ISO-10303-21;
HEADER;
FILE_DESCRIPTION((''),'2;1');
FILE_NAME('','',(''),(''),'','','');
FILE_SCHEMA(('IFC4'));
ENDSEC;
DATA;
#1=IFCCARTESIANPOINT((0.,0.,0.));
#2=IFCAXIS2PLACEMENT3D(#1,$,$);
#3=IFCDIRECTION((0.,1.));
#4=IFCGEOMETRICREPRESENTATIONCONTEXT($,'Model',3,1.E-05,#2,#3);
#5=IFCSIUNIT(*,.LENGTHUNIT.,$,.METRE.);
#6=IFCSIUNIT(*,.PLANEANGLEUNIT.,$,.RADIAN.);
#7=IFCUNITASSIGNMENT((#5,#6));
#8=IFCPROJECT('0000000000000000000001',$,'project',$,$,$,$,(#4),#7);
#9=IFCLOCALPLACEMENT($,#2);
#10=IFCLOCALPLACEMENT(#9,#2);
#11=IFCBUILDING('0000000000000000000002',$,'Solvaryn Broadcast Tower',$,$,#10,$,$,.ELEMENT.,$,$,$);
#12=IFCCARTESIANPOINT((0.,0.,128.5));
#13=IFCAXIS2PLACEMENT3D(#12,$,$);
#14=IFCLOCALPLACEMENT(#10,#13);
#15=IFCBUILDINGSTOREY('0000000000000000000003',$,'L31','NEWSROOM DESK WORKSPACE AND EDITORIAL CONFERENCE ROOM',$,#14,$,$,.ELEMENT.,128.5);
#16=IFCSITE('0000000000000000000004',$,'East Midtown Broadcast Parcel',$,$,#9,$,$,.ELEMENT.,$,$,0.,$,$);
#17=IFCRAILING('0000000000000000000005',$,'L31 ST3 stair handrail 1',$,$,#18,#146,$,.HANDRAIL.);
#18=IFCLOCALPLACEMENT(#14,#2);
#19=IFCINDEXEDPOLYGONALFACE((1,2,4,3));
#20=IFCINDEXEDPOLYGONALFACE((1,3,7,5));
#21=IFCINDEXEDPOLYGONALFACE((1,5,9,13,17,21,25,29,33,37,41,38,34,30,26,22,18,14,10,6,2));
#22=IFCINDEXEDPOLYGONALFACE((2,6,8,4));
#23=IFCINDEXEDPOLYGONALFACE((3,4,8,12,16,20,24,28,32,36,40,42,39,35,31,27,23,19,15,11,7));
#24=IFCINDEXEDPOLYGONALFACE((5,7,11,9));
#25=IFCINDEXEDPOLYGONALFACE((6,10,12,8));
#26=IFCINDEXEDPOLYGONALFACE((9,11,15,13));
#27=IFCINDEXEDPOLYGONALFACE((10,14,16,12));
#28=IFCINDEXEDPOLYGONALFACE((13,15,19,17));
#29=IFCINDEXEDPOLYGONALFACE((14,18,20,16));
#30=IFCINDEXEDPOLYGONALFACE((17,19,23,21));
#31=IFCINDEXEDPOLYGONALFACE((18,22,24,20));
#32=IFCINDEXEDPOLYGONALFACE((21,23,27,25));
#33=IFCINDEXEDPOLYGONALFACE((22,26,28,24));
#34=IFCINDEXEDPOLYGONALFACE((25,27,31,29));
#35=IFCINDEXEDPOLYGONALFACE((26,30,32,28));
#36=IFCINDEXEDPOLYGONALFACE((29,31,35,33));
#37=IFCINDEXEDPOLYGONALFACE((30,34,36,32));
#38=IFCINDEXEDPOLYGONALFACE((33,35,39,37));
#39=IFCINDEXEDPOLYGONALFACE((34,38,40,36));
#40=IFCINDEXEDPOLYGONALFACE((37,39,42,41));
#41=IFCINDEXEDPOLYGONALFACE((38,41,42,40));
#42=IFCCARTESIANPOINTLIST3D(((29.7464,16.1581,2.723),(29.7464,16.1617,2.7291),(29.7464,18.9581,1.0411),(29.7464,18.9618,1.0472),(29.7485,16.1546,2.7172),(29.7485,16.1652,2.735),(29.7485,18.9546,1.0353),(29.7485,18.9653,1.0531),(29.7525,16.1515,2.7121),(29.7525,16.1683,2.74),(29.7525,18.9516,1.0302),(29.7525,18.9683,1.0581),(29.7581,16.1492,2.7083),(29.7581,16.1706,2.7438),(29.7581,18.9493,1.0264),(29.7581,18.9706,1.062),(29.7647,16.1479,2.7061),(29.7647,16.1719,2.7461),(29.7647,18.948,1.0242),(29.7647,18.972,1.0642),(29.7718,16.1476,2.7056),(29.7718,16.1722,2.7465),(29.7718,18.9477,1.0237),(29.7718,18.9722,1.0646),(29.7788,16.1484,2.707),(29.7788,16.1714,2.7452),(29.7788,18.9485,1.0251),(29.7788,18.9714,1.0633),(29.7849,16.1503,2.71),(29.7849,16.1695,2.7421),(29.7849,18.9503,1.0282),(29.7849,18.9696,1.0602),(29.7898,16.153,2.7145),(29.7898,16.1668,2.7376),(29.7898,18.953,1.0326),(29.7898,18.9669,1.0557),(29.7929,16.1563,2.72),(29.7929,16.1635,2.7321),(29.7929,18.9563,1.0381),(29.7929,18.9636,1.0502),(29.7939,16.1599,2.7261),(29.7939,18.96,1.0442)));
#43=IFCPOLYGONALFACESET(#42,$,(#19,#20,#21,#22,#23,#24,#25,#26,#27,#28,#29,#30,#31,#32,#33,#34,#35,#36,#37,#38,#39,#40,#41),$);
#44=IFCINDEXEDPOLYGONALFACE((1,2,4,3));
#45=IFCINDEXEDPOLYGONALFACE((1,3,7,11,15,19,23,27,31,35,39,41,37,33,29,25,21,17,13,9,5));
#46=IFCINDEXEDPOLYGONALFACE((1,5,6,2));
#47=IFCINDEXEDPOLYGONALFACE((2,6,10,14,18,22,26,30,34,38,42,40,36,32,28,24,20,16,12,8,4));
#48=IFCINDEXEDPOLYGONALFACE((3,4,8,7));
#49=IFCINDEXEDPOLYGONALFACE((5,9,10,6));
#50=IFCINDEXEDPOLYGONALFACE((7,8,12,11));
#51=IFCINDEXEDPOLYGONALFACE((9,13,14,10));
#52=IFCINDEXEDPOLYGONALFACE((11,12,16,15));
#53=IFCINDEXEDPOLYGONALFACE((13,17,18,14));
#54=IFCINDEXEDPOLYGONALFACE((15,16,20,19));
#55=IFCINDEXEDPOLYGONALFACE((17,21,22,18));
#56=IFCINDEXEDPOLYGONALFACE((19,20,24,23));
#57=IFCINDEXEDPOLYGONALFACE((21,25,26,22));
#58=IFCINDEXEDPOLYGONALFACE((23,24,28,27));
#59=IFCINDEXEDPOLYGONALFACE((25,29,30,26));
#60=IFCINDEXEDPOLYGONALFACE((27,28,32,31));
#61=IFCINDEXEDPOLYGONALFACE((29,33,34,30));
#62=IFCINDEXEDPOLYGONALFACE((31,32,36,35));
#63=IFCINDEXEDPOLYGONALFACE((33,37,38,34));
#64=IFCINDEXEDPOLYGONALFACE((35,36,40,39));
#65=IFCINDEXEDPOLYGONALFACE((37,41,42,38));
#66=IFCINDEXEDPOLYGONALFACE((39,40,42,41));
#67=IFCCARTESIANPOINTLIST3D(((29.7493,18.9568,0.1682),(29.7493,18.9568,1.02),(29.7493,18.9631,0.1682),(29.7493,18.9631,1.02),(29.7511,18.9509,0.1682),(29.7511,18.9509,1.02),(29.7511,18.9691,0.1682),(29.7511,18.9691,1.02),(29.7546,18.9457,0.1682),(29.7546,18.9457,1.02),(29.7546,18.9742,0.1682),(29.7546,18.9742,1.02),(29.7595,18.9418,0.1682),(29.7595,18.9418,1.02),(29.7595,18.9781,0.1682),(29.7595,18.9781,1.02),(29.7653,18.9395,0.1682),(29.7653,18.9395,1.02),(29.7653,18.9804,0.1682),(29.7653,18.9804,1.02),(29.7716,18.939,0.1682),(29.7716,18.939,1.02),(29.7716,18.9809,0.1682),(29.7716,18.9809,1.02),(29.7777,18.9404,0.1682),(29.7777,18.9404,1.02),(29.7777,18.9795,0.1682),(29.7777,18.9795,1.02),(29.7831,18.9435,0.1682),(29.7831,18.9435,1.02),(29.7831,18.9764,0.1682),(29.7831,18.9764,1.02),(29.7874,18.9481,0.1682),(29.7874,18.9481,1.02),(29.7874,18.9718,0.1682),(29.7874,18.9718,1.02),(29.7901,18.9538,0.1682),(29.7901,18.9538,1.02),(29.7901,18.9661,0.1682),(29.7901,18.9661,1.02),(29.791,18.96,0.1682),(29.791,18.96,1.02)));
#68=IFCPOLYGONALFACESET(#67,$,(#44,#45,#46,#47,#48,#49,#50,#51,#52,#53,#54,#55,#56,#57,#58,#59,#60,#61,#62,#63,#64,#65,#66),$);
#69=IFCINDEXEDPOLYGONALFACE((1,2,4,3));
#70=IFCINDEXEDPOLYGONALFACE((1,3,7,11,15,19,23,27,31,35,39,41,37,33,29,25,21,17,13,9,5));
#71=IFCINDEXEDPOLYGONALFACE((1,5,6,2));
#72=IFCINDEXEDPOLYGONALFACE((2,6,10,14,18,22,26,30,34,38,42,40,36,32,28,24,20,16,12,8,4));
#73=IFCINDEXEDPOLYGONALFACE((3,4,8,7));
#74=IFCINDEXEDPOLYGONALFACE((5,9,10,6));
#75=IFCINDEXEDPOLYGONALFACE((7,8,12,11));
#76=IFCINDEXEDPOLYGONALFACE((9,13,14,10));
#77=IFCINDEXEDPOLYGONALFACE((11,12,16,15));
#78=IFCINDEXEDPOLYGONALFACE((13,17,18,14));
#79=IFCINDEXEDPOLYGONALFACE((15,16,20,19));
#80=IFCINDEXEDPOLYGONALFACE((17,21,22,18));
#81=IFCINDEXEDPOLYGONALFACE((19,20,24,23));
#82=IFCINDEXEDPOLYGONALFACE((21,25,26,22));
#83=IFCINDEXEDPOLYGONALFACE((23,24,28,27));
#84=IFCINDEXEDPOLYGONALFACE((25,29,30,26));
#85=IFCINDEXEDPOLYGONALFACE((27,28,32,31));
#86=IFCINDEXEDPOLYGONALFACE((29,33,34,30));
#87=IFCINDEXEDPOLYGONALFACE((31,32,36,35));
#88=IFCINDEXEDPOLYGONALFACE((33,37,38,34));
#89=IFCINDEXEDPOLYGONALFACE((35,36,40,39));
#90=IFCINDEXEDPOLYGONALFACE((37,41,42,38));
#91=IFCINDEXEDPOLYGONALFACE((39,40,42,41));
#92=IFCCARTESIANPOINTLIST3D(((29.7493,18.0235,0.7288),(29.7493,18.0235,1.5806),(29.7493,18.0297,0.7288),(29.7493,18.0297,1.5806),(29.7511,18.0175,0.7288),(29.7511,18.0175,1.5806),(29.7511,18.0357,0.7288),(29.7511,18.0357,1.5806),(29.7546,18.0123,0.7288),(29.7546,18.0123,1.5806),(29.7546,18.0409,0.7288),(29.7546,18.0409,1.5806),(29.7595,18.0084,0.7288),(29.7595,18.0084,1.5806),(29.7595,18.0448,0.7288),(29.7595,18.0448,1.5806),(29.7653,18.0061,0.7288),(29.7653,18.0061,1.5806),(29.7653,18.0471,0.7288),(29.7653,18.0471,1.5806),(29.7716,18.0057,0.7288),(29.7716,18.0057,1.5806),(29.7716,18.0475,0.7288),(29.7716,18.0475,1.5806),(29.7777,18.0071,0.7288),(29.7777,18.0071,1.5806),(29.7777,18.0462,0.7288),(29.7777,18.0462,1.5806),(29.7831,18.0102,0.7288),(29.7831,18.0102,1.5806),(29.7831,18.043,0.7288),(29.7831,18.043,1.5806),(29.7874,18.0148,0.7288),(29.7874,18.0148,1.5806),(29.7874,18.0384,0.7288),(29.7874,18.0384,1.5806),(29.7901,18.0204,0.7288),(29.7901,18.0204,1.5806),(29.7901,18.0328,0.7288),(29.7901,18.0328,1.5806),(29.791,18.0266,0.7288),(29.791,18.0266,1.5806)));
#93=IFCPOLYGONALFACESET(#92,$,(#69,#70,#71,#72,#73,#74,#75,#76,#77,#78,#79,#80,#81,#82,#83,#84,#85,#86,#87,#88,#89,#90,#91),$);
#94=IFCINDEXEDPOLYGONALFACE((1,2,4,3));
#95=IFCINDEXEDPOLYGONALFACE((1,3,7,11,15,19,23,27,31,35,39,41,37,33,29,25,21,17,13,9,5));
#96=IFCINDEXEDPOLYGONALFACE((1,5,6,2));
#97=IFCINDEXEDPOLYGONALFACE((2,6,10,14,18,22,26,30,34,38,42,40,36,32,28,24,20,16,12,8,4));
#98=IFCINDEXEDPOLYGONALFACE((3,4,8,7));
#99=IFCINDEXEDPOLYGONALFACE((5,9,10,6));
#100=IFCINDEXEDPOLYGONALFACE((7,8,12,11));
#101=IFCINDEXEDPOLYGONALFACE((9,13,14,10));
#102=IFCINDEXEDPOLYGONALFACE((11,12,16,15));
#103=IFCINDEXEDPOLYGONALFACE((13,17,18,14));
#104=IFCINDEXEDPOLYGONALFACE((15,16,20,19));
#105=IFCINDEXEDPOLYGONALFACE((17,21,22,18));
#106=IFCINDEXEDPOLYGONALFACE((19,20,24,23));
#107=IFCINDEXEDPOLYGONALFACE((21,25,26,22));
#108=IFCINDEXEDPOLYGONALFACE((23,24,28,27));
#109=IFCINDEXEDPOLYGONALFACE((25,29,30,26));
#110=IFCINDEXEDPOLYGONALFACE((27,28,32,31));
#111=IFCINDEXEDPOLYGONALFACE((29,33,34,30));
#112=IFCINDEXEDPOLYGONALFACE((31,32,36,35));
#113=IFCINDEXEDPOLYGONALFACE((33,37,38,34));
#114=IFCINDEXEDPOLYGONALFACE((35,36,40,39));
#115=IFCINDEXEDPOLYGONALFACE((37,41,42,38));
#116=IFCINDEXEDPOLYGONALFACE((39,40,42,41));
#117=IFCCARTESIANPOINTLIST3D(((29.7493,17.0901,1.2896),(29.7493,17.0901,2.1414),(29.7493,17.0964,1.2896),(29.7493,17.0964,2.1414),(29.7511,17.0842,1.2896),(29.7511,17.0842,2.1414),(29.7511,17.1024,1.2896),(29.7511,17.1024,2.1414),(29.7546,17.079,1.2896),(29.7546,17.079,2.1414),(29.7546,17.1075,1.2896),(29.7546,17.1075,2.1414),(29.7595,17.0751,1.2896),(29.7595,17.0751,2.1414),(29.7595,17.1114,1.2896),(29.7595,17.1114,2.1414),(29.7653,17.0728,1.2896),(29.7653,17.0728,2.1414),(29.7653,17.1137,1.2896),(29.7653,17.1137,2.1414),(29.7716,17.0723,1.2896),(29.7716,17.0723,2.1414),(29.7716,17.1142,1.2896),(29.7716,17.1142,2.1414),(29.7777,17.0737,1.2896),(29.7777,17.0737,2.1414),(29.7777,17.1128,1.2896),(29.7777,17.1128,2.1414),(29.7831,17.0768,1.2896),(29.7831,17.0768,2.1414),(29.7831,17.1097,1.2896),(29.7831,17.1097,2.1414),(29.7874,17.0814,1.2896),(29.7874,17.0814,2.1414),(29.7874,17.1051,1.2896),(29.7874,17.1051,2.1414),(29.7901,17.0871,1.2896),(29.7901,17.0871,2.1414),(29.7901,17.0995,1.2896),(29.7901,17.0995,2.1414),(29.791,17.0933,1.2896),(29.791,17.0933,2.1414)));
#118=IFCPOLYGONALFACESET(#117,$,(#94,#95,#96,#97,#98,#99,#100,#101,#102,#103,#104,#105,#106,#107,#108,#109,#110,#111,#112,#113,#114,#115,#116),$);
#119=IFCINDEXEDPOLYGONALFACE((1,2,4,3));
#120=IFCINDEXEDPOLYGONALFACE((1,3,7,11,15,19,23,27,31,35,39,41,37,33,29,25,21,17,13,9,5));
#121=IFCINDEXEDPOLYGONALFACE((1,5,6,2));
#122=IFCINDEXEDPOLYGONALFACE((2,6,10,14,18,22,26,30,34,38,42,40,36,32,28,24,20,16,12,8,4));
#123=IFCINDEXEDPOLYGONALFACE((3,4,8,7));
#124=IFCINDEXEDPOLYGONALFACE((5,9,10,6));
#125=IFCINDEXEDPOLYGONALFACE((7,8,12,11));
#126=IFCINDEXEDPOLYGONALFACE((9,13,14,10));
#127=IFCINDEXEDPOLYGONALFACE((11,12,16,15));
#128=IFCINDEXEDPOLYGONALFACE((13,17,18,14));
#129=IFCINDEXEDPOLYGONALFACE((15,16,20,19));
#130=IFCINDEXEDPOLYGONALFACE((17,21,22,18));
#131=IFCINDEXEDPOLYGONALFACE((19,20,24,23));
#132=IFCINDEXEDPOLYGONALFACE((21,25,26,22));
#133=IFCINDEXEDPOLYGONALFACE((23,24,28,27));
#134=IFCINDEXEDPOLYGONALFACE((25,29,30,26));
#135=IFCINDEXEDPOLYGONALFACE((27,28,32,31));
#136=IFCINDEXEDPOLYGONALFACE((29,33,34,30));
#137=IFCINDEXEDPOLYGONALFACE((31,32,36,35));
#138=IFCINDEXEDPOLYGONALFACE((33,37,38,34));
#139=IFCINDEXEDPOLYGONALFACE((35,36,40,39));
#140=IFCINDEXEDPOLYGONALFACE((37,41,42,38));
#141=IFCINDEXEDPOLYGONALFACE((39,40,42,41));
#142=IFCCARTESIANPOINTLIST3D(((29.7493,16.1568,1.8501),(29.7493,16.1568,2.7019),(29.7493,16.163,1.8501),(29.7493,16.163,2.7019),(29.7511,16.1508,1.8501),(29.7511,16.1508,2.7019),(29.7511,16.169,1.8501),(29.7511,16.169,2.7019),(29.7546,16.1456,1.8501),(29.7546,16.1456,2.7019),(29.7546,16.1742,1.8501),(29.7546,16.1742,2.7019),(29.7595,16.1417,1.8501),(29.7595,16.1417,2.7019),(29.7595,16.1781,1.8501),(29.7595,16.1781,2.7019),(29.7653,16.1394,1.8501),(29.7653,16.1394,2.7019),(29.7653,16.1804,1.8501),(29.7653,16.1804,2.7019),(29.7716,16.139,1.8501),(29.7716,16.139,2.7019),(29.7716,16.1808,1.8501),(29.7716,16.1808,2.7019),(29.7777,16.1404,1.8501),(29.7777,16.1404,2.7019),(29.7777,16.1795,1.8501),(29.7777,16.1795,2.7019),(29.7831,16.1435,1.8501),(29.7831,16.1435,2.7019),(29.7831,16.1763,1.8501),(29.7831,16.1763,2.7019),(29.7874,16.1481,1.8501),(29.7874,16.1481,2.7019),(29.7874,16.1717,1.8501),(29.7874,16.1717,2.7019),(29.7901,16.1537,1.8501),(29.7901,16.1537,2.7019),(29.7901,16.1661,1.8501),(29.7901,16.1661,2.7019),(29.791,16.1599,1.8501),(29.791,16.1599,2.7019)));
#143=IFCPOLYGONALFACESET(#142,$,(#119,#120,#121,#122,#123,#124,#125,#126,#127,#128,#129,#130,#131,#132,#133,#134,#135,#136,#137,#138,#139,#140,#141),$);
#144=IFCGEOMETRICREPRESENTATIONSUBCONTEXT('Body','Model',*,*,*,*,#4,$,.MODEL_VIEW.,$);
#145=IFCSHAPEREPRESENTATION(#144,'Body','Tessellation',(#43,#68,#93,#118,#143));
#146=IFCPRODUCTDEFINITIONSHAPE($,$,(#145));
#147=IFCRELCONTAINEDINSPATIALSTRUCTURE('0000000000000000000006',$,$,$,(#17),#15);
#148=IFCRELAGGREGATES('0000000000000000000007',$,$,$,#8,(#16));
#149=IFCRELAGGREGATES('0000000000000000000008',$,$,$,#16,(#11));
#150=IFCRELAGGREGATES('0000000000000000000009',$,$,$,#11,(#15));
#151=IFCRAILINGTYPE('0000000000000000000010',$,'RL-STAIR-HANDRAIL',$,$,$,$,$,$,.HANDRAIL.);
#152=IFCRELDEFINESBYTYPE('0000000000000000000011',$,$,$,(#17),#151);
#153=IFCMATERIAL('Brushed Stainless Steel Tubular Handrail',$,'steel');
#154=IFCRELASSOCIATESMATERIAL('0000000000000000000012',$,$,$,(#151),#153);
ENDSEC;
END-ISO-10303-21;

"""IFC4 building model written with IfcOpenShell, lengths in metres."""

from ifc_helpers import new_model, si_unit, direction, frame, origin, origin_2d, place, context, subcontext, project, spatial, circle, extrude, material, type_object, element, save


model = new_model("IFC4")

# Units and contexts
model_context = context("Model", 3, precision=1e-05, world=origin(), true_north=direction((0.0, 1.0)))
body_context = subcontext(model_context, "Body", "Model", "MODEL_VIEW")
ifc_project = project(units=[si_unit("LENGTHUNIT", "METRE"), si_unit("PLANEANGLEUNIT", "RADIAN")], contexts=[model_context])

# Site, building, storey
site_placement = place(None, origin())
site = spatial("IfcSite", under=ifc_project, at=site_placement, Name="East Midtown Broadcast Parcel", CompositionType="ELEMENT", RefElevation=0.0)
building_placement = place(site_placement, origin())
building = spatial("IfcBuilding", under=site, at=building_placement, Name="Solvaryn Broadcast Tower", CompositionType="ELEMENT")
storey_placement = place(building_placement, frame((0.0, 0.0, 128.5)))
storey = spatial("IfcBuildingStorey", under=building, at=storey_placement, Name="L31", Description="NEWSROOM DESK WORKSPACE AND EDITORIAL CONFERENCE ROOM", CompositionType="ELEMENT", Elevation=128.5)

# Railing
ifc_material_1 = material(Name="Brushed Stainless Steel Tubular Handrail", Category="steel")
railing_type_1 = type_object("IfcRailingType", Name="RL-STAIR-HANDRAIL", PredefinedType="HANDRAIL", material=ifc_material_1)
railing_1_placement = place(storey_placement, frame((29.77, 18.96, 0.1682)))
element("IfcRailing", 1, at=railing_1_placement, inside=storey, type_object=railing_type_1, Name="L31 ST3 stair handrail 1", PredefinedType="HANDRAIL", context=body_context, shape_type="SweptSolid", body=[
    extrude(circle(Radius=0.0239, at=origin_2d()), frame((0.0, 0.0, 0.876), z_axis=(0.0, -0.857242, 0.514913), x_axis=(1.0, 0.0, 0.0)), (0.0, 0.0, 1.0), 3.2664),
    extrude(circle(Radius=0.021, at=origin_2d()), origin(), (0.0, 0.0, 1.0), 0.8518),
    extrude(circle(Radius=0.021, at=origin_2d()), frame((0.0, -0.9333, 0.5605)), (0.0, 0.0, 1.0), 0.8518),
    extrude(circle(Radius=0.021, at=origin_2d()), frame((0.0, -1.8667, 1.1213)), (0.0, 0.0, 1.0), 0.8518),
    extrude(circle(Radius=0.021, at=origin_2d()), frame((0.0, -2.8, 1.6819)), (0.0, 0.0, 1.0), 0.8518),
])

save(model, "model.ifc")
